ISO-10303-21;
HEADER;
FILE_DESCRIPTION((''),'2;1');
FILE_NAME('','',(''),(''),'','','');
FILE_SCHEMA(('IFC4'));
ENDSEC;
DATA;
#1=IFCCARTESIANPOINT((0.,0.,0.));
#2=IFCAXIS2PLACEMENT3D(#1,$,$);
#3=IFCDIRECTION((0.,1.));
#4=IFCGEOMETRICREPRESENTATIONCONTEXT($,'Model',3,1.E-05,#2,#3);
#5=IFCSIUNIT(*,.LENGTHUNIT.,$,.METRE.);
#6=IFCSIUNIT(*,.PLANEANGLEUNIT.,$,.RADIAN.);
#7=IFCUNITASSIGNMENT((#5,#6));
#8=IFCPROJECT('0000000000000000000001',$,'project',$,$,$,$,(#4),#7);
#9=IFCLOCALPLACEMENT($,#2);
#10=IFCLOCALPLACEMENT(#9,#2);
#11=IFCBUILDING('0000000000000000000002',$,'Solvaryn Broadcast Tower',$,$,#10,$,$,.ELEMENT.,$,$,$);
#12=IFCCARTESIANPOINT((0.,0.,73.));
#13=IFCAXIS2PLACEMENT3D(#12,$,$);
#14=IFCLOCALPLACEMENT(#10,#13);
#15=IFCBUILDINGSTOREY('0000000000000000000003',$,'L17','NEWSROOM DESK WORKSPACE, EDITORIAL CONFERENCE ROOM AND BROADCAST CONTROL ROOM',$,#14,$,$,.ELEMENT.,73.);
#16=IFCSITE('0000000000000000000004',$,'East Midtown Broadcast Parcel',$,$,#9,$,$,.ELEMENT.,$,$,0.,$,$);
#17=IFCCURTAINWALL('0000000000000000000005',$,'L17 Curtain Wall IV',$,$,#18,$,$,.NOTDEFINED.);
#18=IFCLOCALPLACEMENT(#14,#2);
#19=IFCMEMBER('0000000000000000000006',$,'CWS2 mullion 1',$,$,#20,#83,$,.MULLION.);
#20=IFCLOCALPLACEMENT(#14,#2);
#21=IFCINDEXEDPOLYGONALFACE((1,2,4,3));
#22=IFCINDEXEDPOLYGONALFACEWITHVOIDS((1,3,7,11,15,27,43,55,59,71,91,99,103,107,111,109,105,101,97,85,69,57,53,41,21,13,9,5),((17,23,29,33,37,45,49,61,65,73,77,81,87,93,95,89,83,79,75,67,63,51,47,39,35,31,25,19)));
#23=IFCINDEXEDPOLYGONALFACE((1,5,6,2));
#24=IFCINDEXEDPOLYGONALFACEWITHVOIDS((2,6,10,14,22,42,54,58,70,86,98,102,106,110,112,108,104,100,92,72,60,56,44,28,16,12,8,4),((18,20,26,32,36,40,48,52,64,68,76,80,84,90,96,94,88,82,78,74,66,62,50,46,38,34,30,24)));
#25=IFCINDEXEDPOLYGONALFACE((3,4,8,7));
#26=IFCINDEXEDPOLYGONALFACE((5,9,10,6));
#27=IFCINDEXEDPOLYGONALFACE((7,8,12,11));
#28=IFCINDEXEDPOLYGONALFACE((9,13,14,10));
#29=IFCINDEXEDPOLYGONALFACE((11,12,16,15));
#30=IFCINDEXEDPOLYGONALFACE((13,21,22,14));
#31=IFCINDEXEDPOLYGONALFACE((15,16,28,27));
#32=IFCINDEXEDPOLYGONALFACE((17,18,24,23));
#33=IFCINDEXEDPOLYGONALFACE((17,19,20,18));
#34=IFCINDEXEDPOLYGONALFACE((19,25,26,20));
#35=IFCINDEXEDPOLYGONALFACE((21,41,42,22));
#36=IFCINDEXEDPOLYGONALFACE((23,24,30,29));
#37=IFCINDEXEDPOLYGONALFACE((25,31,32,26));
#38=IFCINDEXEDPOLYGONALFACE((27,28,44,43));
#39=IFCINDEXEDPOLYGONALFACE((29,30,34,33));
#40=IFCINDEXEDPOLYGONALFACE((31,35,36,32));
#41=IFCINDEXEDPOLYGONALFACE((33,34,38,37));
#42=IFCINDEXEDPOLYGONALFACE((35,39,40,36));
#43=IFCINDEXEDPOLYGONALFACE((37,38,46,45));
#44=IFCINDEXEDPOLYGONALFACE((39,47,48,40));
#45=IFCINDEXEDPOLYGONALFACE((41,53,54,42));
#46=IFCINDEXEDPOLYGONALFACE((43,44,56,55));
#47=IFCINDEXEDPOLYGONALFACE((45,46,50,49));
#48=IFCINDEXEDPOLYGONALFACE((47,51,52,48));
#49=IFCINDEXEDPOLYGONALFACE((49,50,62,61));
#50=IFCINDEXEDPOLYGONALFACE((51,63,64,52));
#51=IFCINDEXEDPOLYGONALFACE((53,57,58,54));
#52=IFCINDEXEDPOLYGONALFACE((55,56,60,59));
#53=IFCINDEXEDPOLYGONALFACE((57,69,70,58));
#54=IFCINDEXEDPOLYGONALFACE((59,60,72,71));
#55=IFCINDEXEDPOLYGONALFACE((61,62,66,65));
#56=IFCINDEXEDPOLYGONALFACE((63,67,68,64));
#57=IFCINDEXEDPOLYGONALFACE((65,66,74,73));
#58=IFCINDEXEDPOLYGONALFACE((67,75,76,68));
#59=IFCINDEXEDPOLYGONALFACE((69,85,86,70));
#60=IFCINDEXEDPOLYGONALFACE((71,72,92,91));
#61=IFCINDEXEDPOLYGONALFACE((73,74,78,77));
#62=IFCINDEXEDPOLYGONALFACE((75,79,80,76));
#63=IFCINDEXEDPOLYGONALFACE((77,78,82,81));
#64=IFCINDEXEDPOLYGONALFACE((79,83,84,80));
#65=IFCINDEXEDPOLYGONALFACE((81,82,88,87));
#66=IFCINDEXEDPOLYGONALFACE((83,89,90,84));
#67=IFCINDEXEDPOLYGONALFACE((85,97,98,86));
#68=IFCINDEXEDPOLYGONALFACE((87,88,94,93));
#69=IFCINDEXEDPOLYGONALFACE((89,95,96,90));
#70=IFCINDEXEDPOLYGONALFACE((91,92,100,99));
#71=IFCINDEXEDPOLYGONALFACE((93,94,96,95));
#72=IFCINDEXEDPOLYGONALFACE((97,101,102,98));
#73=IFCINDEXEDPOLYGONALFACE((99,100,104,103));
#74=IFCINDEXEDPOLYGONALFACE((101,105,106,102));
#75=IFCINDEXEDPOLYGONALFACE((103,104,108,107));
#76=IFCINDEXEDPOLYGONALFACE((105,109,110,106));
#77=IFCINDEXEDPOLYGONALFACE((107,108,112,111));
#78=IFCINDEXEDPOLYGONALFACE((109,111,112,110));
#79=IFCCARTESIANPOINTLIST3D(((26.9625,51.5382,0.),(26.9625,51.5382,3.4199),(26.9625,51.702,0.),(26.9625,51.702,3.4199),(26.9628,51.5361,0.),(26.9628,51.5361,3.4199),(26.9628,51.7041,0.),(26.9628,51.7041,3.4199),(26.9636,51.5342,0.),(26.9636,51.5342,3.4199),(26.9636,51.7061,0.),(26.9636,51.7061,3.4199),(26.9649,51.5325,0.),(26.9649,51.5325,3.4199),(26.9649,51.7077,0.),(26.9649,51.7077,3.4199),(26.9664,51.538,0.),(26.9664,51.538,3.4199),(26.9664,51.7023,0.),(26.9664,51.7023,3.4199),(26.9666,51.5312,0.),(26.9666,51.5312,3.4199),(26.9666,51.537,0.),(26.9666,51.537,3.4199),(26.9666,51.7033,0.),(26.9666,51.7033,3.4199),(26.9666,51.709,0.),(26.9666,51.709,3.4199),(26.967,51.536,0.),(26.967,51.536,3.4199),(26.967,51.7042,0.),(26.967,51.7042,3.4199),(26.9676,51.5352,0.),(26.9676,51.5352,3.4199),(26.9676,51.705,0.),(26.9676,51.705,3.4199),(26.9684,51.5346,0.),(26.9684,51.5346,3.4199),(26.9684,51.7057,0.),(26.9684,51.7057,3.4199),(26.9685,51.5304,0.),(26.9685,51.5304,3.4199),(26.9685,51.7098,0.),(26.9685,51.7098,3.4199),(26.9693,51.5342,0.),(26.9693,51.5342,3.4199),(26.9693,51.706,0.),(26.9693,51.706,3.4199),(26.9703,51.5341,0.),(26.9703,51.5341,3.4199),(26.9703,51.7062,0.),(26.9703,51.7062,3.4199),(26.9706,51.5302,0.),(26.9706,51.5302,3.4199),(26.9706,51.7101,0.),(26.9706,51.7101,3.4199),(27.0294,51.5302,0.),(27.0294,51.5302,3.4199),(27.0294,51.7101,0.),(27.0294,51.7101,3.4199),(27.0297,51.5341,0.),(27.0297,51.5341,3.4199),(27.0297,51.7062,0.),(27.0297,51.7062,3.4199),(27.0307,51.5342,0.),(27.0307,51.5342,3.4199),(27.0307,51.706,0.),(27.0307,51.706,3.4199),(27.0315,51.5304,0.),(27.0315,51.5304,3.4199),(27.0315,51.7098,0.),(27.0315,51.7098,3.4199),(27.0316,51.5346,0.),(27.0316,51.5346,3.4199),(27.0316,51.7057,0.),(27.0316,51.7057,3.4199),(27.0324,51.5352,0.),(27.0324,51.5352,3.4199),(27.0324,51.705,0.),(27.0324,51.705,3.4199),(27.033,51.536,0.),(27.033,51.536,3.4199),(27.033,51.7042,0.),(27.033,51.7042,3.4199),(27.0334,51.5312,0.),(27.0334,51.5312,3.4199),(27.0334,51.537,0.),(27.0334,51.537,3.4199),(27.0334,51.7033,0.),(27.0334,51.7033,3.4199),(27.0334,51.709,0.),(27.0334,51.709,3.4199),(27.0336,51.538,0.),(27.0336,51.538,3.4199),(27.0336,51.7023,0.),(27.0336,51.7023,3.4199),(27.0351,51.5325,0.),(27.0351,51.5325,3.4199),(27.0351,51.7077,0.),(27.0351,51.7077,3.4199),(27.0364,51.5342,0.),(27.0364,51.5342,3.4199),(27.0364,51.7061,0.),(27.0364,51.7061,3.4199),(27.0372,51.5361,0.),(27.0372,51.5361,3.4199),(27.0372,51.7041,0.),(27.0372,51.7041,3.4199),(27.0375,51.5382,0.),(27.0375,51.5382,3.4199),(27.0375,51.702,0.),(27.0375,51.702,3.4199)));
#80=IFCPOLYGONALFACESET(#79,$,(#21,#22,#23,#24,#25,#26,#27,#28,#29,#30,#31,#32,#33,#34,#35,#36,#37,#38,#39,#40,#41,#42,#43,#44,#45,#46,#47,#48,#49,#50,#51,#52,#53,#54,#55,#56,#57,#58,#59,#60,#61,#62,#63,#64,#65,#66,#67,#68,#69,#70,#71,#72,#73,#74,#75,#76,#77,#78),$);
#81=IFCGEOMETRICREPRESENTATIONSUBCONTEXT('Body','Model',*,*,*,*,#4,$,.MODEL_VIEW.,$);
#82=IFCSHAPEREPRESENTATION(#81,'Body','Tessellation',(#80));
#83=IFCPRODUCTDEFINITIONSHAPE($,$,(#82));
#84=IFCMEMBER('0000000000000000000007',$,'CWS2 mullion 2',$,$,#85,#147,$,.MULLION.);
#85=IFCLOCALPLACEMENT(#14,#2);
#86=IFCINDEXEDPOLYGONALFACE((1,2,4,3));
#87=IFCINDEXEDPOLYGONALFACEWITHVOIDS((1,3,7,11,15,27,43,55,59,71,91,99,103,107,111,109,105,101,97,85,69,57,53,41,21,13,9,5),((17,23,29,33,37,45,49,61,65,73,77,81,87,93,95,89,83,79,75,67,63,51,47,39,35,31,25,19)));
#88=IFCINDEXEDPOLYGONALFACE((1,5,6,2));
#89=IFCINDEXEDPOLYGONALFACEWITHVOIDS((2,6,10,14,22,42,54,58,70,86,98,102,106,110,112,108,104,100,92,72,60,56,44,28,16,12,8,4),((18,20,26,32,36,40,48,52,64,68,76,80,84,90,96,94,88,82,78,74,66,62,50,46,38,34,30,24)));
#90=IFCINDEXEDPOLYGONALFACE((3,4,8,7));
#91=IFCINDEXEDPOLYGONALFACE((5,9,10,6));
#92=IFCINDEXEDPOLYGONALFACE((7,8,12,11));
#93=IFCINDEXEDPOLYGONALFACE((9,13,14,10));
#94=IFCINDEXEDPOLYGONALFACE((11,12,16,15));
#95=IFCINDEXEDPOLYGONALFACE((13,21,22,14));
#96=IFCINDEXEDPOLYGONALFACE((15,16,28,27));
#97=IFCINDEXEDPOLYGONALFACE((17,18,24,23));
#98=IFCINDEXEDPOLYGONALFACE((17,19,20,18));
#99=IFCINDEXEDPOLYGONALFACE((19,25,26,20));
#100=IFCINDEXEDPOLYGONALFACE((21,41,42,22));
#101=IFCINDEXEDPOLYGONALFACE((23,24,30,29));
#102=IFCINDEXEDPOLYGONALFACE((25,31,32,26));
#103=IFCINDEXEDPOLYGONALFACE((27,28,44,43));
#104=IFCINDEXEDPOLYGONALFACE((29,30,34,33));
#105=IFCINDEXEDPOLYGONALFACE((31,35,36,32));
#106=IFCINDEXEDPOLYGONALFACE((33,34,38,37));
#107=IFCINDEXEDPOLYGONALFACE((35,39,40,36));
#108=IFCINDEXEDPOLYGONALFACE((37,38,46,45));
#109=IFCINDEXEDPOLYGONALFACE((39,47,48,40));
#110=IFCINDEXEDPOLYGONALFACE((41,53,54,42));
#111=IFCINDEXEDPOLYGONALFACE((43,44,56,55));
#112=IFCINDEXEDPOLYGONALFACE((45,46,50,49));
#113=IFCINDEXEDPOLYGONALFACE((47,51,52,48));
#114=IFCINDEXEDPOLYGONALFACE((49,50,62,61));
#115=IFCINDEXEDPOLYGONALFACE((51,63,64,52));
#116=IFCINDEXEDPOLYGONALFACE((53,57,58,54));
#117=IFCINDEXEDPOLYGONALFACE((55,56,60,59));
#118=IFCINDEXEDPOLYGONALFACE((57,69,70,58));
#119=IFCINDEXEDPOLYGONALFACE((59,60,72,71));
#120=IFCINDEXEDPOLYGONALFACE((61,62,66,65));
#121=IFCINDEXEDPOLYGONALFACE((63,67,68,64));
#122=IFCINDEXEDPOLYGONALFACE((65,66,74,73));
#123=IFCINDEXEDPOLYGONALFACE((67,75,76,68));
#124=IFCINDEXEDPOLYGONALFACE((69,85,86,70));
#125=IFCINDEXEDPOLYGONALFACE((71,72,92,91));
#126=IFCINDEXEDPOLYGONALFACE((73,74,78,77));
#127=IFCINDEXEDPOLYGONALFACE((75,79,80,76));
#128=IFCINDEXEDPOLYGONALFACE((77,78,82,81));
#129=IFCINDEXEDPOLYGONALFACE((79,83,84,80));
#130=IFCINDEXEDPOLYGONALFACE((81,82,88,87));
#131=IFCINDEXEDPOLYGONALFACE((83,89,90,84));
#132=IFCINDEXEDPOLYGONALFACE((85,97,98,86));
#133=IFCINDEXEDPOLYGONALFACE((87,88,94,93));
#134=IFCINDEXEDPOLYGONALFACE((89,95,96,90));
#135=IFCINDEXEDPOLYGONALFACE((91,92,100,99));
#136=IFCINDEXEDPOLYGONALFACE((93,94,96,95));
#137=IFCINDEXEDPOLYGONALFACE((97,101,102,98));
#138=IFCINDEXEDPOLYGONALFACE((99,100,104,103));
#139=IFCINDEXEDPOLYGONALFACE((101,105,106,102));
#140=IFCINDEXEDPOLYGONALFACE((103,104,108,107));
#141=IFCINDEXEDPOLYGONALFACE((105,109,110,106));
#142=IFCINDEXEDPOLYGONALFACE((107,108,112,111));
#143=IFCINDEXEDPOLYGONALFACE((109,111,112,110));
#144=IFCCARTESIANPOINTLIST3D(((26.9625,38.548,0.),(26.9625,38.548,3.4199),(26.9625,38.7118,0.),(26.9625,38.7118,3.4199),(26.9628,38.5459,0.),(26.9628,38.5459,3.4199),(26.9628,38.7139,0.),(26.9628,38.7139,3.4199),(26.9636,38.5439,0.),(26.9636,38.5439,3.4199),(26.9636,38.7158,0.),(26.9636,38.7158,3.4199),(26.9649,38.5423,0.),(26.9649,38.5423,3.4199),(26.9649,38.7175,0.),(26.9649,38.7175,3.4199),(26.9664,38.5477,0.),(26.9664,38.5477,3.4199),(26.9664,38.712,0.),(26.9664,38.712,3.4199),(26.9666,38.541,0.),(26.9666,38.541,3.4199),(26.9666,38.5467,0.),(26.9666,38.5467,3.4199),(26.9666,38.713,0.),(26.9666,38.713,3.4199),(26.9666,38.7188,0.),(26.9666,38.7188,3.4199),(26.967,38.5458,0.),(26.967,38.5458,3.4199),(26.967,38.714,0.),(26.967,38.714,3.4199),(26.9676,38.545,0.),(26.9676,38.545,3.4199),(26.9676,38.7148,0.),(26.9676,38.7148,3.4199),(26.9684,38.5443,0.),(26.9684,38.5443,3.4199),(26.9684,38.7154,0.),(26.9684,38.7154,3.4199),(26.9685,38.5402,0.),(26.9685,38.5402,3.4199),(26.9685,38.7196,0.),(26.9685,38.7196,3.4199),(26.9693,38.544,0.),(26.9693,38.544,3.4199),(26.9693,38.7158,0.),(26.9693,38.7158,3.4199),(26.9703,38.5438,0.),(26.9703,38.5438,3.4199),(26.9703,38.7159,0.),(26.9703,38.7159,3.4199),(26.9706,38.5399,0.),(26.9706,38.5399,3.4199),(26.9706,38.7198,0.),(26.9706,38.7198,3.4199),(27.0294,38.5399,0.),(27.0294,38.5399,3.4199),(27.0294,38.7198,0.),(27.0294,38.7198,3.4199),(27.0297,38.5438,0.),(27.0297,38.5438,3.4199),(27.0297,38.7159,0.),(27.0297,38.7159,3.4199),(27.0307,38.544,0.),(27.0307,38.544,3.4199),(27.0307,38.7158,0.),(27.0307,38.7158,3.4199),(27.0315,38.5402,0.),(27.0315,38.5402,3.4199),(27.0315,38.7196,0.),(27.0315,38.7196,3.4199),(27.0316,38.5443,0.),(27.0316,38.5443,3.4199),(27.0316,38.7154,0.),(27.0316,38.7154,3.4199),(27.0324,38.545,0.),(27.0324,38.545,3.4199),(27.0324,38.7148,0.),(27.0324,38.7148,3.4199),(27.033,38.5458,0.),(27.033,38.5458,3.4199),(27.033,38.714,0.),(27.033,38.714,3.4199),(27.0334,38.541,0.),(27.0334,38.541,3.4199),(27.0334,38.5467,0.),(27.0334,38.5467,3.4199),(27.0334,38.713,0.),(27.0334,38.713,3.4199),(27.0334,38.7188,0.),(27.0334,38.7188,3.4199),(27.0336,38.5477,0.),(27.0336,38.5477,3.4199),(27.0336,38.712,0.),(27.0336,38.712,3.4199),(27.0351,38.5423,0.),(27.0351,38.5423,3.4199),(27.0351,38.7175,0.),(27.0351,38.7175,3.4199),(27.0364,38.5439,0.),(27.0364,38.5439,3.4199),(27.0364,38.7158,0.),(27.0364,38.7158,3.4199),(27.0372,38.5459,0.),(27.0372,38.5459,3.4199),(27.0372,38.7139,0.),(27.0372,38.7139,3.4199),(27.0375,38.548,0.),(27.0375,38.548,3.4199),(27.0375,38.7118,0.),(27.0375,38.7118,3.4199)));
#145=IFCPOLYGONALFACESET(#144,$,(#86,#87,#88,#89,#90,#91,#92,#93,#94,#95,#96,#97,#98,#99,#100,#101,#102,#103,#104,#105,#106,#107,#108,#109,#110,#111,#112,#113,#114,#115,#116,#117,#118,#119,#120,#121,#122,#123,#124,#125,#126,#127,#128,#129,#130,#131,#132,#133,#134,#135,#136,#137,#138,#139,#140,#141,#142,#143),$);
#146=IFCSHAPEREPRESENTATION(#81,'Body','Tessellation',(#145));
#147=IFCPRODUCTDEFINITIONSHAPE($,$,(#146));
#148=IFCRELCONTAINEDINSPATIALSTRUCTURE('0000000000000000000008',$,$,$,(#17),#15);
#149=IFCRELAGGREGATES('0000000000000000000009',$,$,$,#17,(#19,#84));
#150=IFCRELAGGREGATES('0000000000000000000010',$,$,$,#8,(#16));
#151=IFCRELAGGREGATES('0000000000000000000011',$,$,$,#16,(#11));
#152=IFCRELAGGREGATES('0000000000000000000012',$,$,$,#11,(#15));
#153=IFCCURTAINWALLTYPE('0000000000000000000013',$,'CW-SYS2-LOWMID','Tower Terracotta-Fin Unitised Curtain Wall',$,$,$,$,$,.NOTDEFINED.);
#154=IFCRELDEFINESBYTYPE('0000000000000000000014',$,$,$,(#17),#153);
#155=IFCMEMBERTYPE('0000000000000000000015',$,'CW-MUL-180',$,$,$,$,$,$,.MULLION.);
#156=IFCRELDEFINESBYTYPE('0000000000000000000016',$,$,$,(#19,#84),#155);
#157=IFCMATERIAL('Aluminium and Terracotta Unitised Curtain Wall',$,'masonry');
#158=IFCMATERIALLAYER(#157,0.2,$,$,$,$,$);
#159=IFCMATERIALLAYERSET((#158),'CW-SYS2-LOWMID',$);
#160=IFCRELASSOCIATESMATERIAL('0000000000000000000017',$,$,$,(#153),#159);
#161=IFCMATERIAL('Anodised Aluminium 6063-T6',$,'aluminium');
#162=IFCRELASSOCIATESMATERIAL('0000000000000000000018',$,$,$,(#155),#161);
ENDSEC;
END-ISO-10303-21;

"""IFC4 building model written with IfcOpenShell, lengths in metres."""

from ifc_helpers import new_model, si_unit, direction, frame, origin, origin_2d, place, context, subcontext, project, spatial, hollow_rectangle, extrude, material, layer, layer_set, material_profile, profile_set, type_object, element, aggregate, save


model = new_model("IFC4")

# Units and contexts
model_context = context("Model", 3, precision=1e-05, world=origin(), true_north=direction((0.0, 1.0)))
body_context = subcontext(model_context, "Body", "Model", "MODEL_VIEW")
ifc_project = project(units=[si_unit("LENGTHUNIT", "METRE"), si_unit("PLANEANGLEUNIT", "RADIAN")], contexts=[model_context])

# Site, building, storey
site_placement = place(None, origin())
site = spatial("IfcSite", under=ifc_project, at=site_placement, Name="East Midtown Broadcast Parcel", CompositionType="ELEMENT", RefElevation=0.0)
building_placement = place(site_placement, origin())
building = spatial("IfcBuilding", under=site, at=building_placement, Name="Solvaryn Broadcast Tower", CompositionType="ELEMENT")
storey_placement = place(building_placement, frame((0.0, 0.0, 73.0)))
storey = spatial("IfcBuildingStorey", under=building, at=storey_placement, Name="L17", Description="NEWSROOM DESK WORKSPACE, EDITORIAL CONFERENCE ROOM AND BROADCAST CONTROL ROOM", CompositionType="ELEMENT", Elevation=73.0)

# Curtain wall, members
ifc_material_1 = material(Name="Aluminium and Terracotta Unitised Curtain Wall", Category="masonry")
ifc_layer_1 = layer(ifc_material_1, 0.2)
ifc_layer_set_1 = layer_set([ifc_layer_1], Name="CW-SYS2-LOWMID")
curtain_wall_type = type_object("IfcCurtainWallType", Name="CW-SYS2-LOWMID", Description="Tower Terracotta-Fin Unitised Curtain Wall", PredefinedType="NOTDEFINED", material=ifc_layer_set_1)
curtain_wall_1_placement = place(storey_placement, origin())
curtain_wall_1 = element("IfcCurtainWall", 1, at=curtain_wall_1_placement, inside=storey, type_object=curtain_wall_type, Name="L17 Curtain Wall IV", PredefinedType="NOTDEFINED")
ifc_material_2 = material(Name="Anodised Aluminium 6063-T6", Category="aluminium")
ifc_material_profile_1 = material_profile(ifc_material_2, hollow_rectangle(XDim=0.075, YDim=0.1799, WallThickness=0.0039, InnerFilletRadius=0.0039, OuterFilletRadius=0.0081, at=origin_2d()))
ifc_profile_set_1 = profile_set([ifc_material_profile_1], Name="Anodised Aluminium 6063-T6")
member_type_1 = type_object("IfcMemberType", Name="CW-MUL-180", PredefinedType="MULLION", material=ifc_profile_set_1)
member_1_placement = place(storey_placement, frame((27.0, 51.6201, 0.0), z_axis=(0.0, 0.0, 1.0), x_axis=(1.0, 0.0, 0.0)))
member_1 = element("IfcMember", 2, at=member_1_placement, type_object=member_type_1, Name="CWS2 mullion 1", PredefinedType="MULLION", context=body_context, shape_type="SweptSolid", body=[
    extrude(hollow_rectangle(XDim=0.075, YDim=0.1799, WallThickness=0.0039, InnerFilletRadius=0.0039, OuterFilletRadius=0.0081, at=origin_2d()), origin(), (0.0, 0.0, 1.0), 3.4199),
])
member_2_placement = place(storey_placement, frame((27.0, 38.6299, 0.0), z_axis=(0.0, 0.0, 1.0), x_axis=(1.0, 0.0, 0.0)))
member_2 = element("IfcMember", 3, at=member_2_placement, type_object=member_type_1, Name="CWS2 mullion 2", PredefinedType="MULLION", context=body_context, shape_type="SweptSolid", body=[
    extrude(hollow_rectangle(XDim=0.075, YDim=0.1799, WallThickness=0.0039, InnerFilletRadius=0.0039, OuterFilletRadius=0.0081, at=origin_2d()), origin(), (0.0, 0.0, 1.0), 3.4199),
])

aggregate(curtain_wall_1, [member_1, member_2])

save(model, "model.ifc")
